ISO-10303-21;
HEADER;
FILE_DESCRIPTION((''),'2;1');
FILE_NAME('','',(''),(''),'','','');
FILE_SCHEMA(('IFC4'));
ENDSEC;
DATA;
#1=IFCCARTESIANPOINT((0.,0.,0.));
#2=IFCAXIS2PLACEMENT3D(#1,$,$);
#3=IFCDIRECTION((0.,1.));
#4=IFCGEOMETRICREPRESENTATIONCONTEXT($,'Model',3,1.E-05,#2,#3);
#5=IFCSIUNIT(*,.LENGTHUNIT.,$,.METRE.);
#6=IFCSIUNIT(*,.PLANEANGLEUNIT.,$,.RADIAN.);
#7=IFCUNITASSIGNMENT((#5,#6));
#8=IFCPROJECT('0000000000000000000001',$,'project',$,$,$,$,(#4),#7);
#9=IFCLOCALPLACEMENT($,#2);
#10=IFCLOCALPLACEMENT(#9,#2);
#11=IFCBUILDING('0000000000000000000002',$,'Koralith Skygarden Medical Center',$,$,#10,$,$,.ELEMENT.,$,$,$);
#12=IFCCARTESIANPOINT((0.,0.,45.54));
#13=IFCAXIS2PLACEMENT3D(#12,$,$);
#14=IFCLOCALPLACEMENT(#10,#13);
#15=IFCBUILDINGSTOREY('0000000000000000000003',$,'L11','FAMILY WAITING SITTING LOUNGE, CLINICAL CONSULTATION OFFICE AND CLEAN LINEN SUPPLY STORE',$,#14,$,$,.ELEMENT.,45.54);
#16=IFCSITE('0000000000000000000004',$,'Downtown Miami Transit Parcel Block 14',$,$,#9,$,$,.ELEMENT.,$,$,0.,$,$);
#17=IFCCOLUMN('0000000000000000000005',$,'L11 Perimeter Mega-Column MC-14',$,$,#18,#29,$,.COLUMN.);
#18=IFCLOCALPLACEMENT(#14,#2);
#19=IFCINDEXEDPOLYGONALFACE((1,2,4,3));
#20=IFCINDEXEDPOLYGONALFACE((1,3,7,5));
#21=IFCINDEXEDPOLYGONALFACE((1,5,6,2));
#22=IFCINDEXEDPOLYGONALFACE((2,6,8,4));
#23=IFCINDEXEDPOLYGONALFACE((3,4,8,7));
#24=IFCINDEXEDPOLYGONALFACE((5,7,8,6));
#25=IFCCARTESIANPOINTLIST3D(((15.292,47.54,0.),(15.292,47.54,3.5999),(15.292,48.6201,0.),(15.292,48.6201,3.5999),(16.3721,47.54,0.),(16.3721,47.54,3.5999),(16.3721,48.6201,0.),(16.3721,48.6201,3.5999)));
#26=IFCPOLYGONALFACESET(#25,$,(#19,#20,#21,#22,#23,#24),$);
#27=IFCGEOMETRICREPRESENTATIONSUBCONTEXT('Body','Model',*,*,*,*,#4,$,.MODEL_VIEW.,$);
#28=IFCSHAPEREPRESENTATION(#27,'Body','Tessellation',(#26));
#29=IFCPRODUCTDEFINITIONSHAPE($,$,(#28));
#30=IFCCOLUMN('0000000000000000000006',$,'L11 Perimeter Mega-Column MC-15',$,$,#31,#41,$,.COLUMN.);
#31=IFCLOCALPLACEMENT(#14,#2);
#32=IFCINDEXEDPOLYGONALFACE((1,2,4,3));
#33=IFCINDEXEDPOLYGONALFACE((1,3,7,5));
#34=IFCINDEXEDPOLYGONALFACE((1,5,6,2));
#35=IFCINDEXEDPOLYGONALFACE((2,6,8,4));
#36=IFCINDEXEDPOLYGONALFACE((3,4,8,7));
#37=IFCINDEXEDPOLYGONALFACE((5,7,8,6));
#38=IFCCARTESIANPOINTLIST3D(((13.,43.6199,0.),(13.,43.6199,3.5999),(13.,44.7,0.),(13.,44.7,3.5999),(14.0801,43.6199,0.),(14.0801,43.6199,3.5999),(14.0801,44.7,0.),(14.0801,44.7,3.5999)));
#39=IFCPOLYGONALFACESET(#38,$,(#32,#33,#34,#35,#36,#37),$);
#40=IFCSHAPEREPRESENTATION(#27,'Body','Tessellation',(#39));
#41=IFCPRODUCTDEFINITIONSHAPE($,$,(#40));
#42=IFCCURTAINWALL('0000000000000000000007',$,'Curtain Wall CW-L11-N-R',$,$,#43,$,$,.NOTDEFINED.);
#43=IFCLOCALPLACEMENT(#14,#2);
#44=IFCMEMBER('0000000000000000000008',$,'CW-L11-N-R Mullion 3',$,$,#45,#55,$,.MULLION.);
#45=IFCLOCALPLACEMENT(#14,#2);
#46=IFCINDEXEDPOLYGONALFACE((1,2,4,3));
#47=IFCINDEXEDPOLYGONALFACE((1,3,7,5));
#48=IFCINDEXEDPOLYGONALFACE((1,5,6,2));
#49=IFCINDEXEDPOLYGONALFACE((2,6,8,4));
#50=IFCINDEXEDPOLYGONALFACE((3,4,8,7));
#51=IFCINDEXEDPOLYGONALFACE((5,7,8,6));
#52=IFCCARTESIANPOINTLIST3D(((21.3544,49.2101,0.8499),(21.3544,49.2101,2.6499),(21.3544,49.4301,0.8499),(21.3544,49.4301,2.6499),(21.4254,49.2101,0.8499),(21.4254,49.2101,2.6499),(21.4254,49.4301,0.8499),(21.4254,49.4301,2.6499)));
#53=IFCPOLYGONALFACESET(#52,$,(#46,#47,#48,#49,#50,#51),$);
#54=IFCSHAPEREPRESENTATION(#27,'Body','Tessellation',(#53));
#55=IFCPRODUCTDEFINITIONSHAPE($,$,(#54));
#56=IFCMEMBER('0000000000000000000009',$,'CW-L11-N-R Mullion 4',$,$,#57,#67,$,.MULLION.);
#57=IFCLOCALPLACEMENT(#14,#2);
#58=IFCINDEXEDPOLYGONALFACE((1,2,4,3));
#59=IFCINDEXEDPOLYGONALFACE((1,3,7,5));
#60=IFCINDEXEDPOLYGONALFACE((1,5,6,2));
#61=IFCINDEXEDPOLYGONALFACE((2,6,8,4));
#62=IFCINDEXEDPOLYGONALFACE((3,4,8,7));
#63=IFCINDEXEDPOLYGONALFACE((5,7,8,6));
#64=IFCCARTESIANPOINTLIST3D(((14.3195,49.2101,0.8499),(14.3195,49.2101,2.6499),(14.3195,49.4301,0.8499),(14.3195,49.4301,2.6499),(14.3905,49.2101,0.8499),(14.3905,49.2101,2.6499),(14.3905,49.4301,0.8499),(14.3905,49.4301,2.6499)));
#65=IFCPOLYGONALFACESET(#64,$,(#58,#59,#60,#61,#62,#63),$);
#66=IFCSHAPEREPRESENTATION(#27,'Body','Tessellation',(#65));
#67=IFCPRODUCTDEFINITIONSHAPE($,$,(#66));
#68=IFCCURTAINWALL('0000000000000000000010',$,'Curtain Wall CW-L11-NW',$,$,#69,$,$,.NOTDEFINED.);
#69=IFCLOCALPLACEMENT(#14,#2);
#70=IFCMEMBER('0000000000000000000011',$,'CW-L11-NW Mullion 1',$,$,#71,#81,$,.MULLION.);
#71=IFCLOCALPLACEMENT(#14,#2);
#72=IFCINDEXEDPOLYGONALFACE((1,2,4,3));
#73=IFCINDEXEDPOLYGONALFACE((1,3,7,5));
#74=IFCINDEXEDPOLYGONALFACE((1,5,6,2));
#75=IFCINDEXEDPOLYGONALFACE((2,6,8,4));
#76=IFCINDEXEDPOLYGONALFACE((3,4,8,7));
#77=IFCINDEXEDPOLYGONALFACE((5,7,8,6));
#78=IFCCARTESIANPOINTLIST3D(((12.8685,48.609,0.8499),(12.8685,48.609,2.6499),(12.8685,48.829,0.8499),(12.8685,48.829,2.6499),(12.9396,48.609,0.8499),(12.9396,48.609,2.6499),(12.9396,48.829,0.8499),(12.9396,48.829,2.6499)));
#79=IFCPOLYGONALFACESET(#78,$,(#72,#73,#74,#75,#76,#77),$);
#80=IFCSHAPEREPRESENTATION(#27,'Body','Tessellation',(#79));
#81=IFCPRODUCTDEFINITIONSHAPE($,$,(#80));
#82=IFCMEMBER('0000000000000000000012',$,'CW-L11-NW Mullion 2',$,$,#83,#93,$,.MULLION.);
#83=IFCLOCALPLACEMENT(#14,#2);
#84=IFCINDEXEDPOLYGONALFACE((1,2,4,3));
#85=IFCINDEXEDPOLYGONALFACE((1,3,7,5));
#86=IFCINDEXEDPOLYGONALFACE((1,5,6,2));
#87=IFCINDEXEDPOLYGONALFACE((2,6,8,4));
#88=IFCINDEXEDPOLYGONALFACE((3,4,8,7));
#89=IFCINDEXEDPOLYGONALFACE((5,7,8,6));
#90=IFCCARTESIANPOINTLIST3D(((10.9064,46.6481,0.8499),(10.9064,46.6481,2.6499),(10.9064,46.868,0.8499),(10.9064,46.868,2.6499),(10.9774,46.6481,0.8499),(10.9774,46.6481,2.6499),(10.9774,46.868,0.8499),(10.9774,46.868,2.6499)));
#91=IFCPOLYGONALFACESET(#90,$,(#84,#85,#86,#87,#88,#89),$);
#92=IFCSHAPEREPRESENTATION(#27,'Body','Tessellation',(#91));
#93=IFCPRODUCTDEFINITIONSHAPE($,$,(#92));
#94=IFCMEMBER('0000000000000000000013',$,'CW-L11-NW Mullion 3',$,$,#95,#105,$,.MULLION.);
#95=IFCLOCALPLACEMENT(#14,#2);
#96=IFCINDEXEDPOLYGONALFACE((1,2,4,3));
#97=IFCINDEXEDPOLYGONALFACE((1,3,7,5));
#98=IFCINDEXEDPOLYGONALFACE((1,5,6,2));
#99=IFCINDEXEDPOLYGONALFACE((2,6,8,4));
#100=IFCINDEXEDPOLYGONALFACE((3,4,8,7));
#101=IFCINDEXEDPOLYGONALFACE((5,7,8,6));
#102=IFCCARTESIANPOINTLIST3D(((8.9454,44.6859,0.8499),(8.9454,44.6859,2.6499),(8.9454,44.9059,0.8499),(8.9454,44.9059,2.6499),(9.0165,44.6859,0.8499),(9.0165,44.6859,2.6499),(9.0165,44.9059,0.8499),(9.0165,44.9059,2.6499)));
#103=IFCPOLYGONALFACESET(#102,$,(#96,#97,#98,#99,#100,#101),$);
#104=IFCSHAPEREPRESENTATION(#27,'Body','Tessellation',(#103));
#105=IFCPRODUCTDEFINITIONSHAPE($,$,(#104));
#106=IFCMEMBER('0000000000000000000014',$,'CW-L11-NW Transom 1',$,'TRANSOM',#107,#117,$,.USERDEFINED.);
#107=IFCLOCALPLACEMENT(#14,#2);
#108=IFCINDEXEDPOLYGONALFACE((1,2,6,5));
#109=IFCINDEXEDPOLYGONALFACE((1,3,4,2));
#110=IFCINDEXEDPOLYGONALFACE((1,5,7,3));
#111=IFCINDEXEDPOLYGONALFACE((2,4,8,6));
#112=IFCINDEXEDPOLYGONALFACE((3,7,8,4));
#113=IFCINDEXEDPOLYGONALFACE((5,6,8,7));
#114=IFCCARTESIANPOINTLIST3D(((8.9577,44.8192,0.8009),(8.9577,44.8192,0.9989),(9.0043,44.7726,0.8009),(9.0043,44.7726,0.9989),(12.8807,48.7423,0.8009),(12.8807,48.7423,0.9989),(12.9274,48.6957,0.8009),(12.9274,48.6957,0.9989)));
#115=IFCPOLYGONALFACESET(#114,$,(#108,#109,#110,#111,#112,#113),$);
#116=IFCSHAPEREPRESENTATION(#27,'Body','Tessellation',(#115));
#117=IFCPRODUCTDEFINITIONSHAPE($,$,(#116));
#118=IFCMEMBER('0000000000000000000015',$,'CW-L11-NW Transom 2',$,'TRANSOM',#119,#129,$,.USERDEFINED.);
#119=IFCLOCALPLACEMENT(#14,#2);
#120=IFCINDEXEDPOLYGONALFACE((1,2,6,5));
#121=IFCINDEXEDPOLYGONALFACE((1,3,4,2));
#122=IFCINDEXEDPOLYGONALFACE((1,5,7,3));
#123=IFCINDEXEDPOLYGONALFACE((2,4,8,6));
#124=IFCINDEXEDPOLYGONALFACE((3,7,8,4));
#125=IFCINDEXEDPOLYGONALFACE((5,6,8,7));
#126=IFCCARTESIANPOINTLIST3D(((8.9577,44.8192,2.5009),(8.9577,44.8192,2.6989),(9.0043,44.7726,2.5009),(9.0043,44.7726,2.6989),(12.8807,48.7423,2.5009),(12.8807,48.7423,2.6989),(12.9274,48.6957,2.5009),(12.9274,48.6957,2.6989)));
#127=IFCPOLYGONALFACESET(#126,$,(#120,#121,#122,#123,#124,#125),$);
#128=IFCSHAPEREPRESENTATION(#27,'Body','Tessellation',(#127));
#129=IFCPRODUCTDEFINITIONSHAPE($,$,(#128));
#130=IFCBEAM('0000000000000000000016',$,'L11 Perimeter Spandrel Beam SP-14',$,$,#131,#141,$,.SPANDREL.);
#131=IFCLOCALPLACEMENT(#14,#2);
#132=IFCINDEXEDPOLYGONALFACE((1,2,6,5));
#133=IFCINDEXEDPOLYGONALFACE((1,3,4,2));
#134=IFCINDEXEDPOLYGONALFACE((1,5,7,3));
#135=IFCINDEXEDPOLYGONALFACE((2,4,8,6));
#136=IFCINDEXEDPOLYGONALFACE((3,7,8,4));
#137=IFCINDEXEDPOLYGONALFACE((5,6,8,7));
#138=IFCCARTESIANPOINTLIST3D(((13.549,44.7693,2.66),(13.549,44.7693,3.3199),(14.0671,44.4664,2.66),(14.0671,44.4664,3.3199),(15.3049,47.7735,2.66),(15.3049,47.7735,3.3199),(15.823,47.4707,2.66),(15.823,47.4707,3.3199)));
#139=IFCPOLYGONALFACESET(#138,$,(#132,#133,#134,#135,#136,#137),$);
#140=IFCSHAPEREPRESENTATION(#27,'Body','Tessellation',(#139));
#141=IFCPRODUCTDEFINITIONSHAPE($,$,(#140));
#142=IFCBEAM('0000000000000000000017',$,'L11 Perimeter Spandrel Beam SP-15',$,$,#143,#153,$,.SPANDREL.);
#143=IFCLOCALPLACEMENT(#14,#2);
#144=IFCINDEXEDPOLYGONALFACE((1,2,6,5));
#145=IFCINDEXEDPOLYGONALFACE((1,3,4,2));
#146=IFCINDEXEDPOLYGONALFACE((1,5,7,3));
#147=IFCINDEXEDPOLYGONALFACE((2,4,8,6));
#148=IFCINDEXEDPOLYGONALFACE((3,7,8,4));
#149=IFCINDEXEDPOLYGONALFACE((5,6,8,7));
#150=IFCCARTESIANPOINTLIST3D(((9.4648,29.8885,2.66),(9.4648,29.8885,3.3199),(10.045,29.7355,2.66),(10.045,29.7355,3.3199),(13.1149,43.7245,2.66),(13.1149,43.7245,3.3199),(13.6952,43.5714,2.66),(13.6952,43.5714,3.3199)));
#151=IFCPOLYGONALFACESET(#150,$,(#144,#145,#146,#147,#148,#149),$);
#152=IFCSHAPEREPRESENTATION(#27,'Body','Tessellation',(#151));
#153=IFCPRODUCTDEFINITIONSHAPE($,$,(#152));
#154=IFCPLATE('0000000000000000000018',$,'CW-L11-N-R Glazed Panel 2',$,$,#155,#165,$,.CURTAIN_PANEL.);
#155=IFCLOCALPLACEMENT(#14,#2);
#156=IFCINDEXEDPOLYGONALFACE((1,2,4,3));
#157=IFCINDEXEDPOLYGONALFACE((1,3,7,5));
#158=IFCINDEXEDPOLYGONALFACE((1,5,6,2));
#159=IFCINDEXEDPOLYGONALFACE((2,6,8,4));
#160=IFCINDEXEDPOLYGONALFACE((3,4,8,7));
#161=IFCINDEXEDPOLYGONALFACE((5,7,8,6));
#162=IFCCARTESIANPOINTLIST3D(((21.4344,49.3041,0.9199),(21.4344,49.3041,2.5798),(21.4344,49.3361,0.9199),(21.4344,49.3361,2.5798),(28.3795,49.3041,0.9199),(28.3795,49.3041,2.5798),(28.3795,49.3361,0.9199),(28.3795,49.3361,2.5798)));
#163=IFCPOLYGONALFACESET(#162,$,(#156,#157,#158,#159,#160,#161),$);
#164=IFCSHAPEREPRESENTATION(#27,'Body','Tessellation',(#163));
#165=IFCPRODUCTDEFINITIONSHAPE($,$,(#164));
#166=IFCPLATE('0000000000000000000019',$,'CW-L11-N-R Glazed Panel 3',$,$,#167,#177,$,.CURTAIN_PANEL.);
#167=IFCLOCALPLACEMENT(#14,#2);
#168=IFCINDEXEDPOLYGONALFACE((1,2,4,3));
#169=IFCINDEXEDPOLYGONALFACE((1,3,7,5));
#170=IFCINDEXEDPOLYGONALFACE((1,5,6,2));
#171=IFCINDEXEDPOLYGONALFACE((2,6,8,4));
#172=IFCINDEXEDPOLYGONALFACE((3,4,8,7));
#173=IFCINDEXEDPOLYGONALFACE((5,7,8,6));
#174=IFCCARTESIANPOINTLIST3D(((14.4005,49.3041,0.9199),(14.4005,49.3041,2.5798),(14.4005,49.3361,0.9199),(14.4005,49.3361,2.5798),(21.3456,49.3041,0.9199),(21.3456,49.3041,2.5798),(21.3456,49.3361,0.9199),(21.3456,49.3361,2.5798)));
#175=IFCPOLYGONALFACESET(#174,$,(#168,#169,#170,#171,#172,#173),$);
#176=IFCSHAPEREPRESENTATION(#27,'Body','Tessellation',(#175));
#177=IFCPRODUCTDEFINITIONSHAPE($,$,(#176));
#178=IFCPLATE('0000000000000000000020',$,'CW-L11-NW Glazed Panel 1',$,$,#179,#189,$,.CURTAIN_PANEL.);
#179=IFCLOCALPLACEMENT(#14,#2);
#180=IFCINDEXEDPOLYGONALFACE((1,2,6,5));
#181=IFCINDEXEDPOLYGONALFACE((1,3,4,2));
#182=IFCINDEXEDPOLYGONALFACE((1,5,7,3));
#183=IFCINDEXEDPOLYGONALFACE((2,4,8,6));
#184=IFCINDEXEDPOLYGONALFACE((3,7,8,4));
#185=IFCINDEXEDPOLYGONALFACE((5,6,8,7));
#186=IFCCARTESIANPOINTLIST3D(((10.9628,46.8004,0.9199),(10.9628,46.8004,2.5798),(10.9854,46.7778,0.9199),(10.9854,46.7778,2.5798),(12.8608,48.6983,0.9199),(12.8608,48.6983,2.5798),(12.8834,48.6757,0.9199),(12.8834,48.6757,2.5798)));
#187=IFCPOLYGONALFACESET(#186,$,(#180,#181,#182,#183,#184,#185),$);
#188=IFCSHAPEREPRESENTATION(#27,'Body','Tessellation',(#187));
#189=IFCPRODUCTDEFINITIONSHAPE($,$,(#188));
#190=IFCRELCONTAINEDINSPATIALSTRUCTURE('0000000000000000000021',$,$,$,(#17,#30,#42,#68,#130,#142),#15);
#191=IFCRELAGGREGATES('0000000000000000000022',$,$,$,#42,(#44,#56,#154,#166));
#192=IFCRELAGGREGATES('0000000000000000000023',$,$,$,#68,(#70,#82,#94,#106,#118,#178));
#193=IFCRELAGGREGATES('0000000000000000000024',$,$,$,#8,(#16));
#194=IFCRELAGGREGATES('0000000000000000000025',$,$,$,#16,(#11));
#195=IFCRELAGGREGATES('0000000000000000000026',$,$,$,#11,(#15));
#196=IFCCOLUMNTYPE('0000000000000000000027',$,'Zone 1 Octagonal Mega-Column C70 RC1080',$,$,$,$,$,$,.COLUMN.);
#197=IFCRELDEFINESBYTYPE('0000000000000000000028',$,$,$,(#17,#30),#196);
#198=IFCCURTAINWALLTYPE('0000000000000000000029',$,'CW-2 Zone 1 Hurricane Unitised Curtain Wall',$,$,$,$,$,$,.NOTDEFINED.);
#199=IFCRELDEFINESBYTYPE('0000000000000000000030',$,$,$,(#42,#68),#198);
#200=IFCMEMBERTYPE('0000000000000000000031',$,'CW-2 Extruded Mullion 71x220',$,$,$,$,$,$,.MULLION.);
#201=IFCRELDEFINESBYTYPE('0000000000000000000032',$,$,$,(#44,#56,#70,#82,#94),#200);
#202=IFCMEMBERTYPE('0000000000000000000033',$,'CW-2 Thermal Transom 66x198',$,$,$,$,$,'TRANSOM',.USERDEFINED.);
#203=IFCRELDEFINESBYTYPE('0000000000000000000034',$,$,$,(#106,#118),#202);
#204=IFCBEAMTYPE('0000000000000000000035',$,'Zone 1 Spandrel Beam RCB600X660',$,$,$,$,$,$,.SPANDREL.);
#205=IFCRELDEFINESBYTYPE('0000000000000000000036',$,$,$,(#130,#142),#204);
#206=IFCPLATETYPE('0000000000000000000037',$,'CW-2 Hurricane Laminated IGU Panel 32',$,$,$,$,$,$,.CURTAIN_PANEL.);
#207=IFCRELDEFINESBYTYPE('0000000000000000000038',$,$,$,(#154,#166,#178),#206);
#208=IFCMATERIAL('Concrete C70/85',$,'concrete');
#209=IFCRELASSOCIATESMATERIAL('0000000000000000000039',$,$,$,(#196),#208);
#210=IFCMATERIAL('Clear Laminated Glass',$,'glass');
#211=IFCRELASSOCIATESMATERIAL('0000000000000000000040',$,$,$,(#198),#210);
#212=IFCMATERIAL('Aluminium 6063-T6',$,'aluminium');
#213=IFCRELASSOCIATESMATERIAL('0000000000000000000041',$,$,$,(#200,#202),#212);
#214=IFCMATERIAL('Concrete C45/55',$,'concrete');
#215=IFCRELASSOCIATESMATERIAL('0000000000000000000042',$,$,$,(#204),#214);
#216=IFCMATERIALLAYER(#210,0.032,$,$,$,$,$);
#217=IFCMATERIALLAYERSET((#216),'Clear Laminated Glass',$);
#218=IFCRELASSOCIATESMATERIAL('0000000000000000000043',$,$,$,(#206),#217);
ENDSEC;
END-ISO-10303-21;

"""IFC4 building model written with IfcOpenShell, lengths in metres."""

from ifc_helpers import new_model, si_unit, direction, frame, origin, origin_2d, place, context, subcontext, project, spatial, rectangle, extrude, material, layer, layer_set, material_profile, profile_set, type_object, element, aggregate, save


model = new_model("IFC4")

# Units and contexts
model_context = context("Model", 3, precision=1e-05, world=origin(), true_north=direction((0.0, 1.0)))
body_context = subcontext(model_context, "Body", "Model", "MODEL_VIEW")
ifc_project = project(units=[si_unit("LENGTHUNIT", "METRE"), si_unit("PLANEANGLEUNIT", "RADIAN")], contexts=[model_context])

# Site, building, storey
site_placement = place(None, origin())
site = spatial("IfcSite", under=ifc_project, at=site_placement, Name="Downtown Miami Transit Parcel Block 14", CompositionType="ELEMENT", RefElevation=0.0)
building_placement = place(site_placement, origin())
building = spatial("IfcBuilding", under=site, at=building_placement, Name="Koralith Skygarden Medical Center", CompositionType="ELEMENT")
storey_placement = place(building_placement, frame((0.0, 0.0, 45.54)))
storey = spatial("IfcBuildingStorey", under=building, at=storey_placement, Name="L11", Description="FAMILY WAITING SITTING LOUNGE, CLINICAL CONSULTATION OFFICE AND CLEAN LINEN SUPPLY STORE", CompositionType="ELEMENT", Elevation=45.54)

# Columns
ifc_material_1 = material(Name="Concrete C70/85", Category="concrete")
ifc_material_profile_1 = material_profile(ifc_material_1, rectangle(XDim=1.0801, YDim=1.0801, at=origin_2d()), Name="RC1080X1080")
ifc_profile_set_1 = profile_set([ifc_material_profile_1], Name="Concrete C70/85")
column_type = type_object("IfcColumnType", Name="Zone 1 Octagonal Mega-Column C70 RC1080", PredefinedType="COLUMN", material=ifc_profile_set_1)
for number, where, z_axis, x_axis, name in (
    (1, (15.832, 48.0801, 0.0), (0.0, 0.0, 1.0), (1.0, 0.0, 0.0), "L11 Perimeter Mega-Column MC-14"),
    (2, (13.54, 44.1599, 0.0), (0.0, 0.0, 1.0), (1.0, 0.0, 0.0), "L11 Perimeter Mega-Column MC-15"),
):
    element("IfcColumn", number, at=place(storey_placement, frame(where, z_axis=z_axis, x_axis=x_axis)), inside=storey, type_object=column_type, Name=name, PredefinedType="COLUMN", context=body_context, shape_type="SweptSolid", body=[
        extrude(rectangle(XDim=1.0801, YDim=1.0801, at=origin_2d()), origin(), (0.0, 0.0, 1.0), 3.5999),
    ])

# Curtain walls, members
ifc_material_2 = material(Name="Clear Laminated Glass", Category="glass")
curtain_wall_type = type_object("IfcCurtainWallType", Name="CW-2 Zone 1 Hurricane Unitised Curtain Wall", PredefinedType="NOTDEFINED", material=ifc_material_2)
curtain_wall_1_placement = place(storey_placement, origin())
curtain_wall_1 = element("IfcCurtainWall", 3, at=curtain_wall_1_placement, inside=storey, type_object=curtain_wall_type, Name="Curtain Wall CW-L11-N-R", PredefinedType="NOTDEFINED")
ifc_material_3 = material(Name="Aluminium 6063-T6", Category="aluminium")
ifc_material_profile_2 = material_profile(ifc_material_3, rectangle(XDim=0.071, YDim=0.22, at=origin_2d()), Name="MUL71X220")
ifc_profile_set_2 = profile_set([ifc_material_profile_2], Name="Aluminium 6063-T6")
member_type_1 = type_object("IfcMemberType", Name="CW-2 Extruded Mullion 71x220", PredefinedType="MULLION", material=ifc_profile_set_2)
member_1_placement = place(storey_placement, frame((21.3899, 49.3201, 0.8499), z_axis=(0.0, 0.0, 1.0), x_axis=(1.0, 0.0, 0.0)))
member_1 = element("IfcMember", 4, at=member_1_placement, type_object=member_type_1, Name="CW-L11-N-R Mullion 3", PredefinedType="MULLION", context=body_context, shape_type="SweptSolid", body=[
    extrude(rectangle(XDim=0.071, YDim=0.22, at=origin_2d()), origin(), (0.0, 0.0, 1.0), 1.8),
])
member_2_placement = place(storey_placement, frame((14.355, 49.3201, 0.8499), z_axis=(0.0, 0.0, 1.0), x_axis=(1.0, 0.0, 0.0)))
member_2 = element("IfcMember", 5, at=member_2_placement, type_object=member_type_1, Name="CW-L11-N-R Mullion 4", PredefinedType="MULLION", context=body_context, shape_type="SweptSolid", body=[
    extrude(rectangle(XDim=0.071, YDim=0.22, at=origin_2d()), origin(), (0.0, 0.0, 1.0), 1.8),
])
curtain_wall_2_placement = place(storey_placement, origin())
curtain_wall_2 = element("IfcCurtainWall", 6, at=curtain_wall_2_placement, inside=storey, type_object=curtain_wall_type, Name="Curtain Wall CW-L11-NW", PredefinedType="NOTDEFINED")
member_3_placement = place(storey_placement, frame((12.9041, 48.719, 0.8499), z_axis=(0.0, 0.0, 1.0), x_axis=(1.0, 0.0, 0.0)))
member_3 = element("IfcMember", 7, at=member_3_placement, type_object=member_type_1, Name="CW-L11-NW Mullion 1", PredefinedType="MULLION", context=body_context, shape_type="SweptSolid", body=[
    extrude(rectangle(XDim=0.071, YDim=0.22, at=origin_2d()), origin(), (0.0, 0.0, 1.0), 1.8),
])
member_4_placement = place(storey_placement, frame((10.9419, 46.7581, 0.8499), z_axis=(0.0, 0.0, 1.0), x_axis=(1.0, 0.0, 0.0)))
member_4 = element("IfcMember", 8, at=member_4_placement, type_object=member_type_1, Name="CW-L11-NW Mullion 2", PredefinedType="MULLION", context=body_context, shape_type="SweptSolid", body=[
    extrude(rectangle(XDim=0.071, YDim=0.22, at=origin_2d()), origin(), (0.0, 0.0, 1.0), 1.8),
])
member_5_placement = place(storey_placement, frame((8.981, 44.7959, 0.8499), z_axis=(0.0, 0.0, 1.0), x_axis=(1.0, 0.0, 0.0)))
member_5 = element("IfcMember", 9, at=member_5_placement, type_object=member_type_1, Name="CW-L11-NW Mullion 3", PredefinedType="MULLION", context=body_context, shape_type="SweptSolid", body=[
    extrude(rectangle(XDim=0.071, YDim=0.22, at=origin_2d()), origin(), (0.0, 0.0, 1.0), 1.8),
])
ifc_material_profile_3 = material_profile(ifc_material_3, rectangle(XDim=0.0659, YDim=0.198, at=origin_2d()), Name="TRN66X198")
ifc_profile_set_3 = profile_set([ifc_material_profile_3], Name="Aluminium 6063-T6")
member_type_2 = type_object("IfcMemberType", Name="CW-2 Thermal Transom 66x198", ElementType="TRANSOM", PredefinedType="USERDEFINED", material=ifc_profile_set_3)
member_6_placement = place(storey_placement, frame((12.9041, 48.719, 0.8999), z_axis=(-0.707107, -0.707107, 0.0), x_axis=(0.707107, -0.707107, 0.0)))
member_6 = element("IfcMember", 10, at=member_6_placement, type_object=member_type_2, Name="CW-L11-NW Transom 1", ObjectType="TRANSOM", PredefinedType="USERDEFINED", context=body_context, shape_type="SweptSolid", body=[
    extrude(rectangle(XDim=0.0659, YDim=0.198, at=origin_2d()), origin(), (0.0, 0.0, 1.0), 5.5481),
])
member_7_placement = place(storey_placement, frame((12.9041, 48.719, 2.5999), z_axis=(-0.707107, -0.707107, 0.0), x_axis=(0.707107, -0.707107, 0.0)))
member_7 = element("IfcMember", 11, at=member_7_placement, type_object=member_type_2, Name="CW-L11-NW Transom 2", ObjectType="TRANSOM", PredefinedType="USERDEFINED", context=body_context, shape_type="SweptSolid", body=[
    extrude(rectangle(XDim=0.0659, YDim=0.198, at=origin_2d()), origin(), (0.0, 0.0, 1.0), 5.5481),
])

# Beams
ifc_material_4 = material(Name="Concrete C45/55", Category="concrete")
ifc_material_profile_4 = material_profile(ifc_material_4, rectangle(XDim=0.6001, YDim=0.6599, at=origin_2d()), Name="RCB600X660")
ifc_profile_set_4 = profile_set([ifc_material_profile_4], Name="Concrete C45/55")
beam_type = type_object("IfcBeamType", Name="Zone 1 Spandrel Beam RCB600X660", PredefinedType="SPANDREL", material=ifc_profile_set_4)
beam_1_placement = place(storey_placement, frame((15.564, 47.6221, 2.99), z_axis=(-0.504608, -0.863349, 0.0), x_axis=(0.863349, -0.504608, 0.0)))
element("IfcBeam", 12, at=beam_1_placement, inside=storey, type_object=beam_type, Name="L11 Perimeter Spandrel Beam SP-14", PredefinedType="SPANDREL", context=body_context, shape_type="SweptSolid", body=[
    extrude(rectangle(XDim=0.6001, YDim=0.6599, at=origin_2d()), origin(), (0.0, 0.0, 1.0), 3.4797),
])
beam_2_placement = place(storey_placement, frame((13.405, 43.6479, 2.99), z_axis=(-0.255089, -0.966918, 0.0), x_axis=(0.966918, -0.255089, 0.0)))
element("IfcBeam", 13, at=beam_2_placement, inside=storey, type_object=beam_type, Name="L11 Perimeter Spandrel Beam SP-15", PredefinedType="SPANDREL", context=body_context, shape_type="SweptSolid", body=[
    extrude(rectangle(XDim=0.6001, YDim=0.6599, at=origin_2d()), origin(), (0.0, 0.0, 1.0), 14.3093),
])

# Plates
ifc_layer_1 = layer(ifc_material_2, 0.032)
ifc_layer_set_1 = layer_set([ifc_layer_1], Name="Clear Laminated Glass")
plate_type_1 = type_object("IfcPlateType", Name="CW-2 Hurricane Laminated IGU Panel 32", PredefinedType="CURTAIN_PANEL", material=ifc_layer_set_1)
plate_1_placement = place(storey_placement, frame((24.907, 49.3201, 0.9199), z_axis=(0.0, 0.0, 1.0), x_axis=(-1.0, 0.0, 0.0)))
plate_1 = element("IfcPlate", 14, at=plate_1_placement, type_object=plate_type_1, Name="CW-L11-N-R Glazed Panel 2", PredefinedType="CURTAIN_PANEL", context=body_context, shape_type="SweptSolid", body=[
    extrude(rectangle(XDim=6.9451, YDim=0.032, at=origin_2d()), origin(), (0.0, 0.0, 1.0), 1.6599),
])
plate_2_placement = place(storey_placement, frame((17.873, 49.3201, 0.9199), z_axis=(0.0, 0.0, 1.0), x_axis=(-1.0, 0.0, 0.0)))
plate_2 = element("IfcPlate", 15, at=plate_2_placement, type_object=plate_type_1, Name="CW-L11-N-R Glazed Panel 3", PredefinedType="CURTAIN_PANEL", context=body_context, shape_type="SweptSolid", body=[
    extrude(rectangle(XDim=6.9451, YDim=0.032, at=origin_2d()), origin(), (0.0, 0.0, 1.0), 1.6599),
])
aggregate(curtain_wall_1, [member_1, member_2, plate_1, plate_2])
plate_3_placement = place(storey_placement, frame((11.9231, 47.738, 0.9199), z_axis=(0.0, 0.0, 1.0), x_axis=(-0.707107, -0.707107, 0.0)))
plate_3 = element("IfcPlate", 16, at=plate_3_placement, type_object=plate_type_1, Name="CW-L11-NW Glazed Panel 1", PredefinedType="CURTAIN_PANEL", context=body_context, shape_type="SweptSolid", body=[
    extrude(rectangle(XDim=2.6841, YDim=0.032, at=origin_2d()), origin(), (0.0, 0.0, 1.0), 1.6599),
])
aggregate(curtain_wall_2, [member_3, member_4, member_5, member_6, member_7, plate_3])

save(model, "model.ifc")
